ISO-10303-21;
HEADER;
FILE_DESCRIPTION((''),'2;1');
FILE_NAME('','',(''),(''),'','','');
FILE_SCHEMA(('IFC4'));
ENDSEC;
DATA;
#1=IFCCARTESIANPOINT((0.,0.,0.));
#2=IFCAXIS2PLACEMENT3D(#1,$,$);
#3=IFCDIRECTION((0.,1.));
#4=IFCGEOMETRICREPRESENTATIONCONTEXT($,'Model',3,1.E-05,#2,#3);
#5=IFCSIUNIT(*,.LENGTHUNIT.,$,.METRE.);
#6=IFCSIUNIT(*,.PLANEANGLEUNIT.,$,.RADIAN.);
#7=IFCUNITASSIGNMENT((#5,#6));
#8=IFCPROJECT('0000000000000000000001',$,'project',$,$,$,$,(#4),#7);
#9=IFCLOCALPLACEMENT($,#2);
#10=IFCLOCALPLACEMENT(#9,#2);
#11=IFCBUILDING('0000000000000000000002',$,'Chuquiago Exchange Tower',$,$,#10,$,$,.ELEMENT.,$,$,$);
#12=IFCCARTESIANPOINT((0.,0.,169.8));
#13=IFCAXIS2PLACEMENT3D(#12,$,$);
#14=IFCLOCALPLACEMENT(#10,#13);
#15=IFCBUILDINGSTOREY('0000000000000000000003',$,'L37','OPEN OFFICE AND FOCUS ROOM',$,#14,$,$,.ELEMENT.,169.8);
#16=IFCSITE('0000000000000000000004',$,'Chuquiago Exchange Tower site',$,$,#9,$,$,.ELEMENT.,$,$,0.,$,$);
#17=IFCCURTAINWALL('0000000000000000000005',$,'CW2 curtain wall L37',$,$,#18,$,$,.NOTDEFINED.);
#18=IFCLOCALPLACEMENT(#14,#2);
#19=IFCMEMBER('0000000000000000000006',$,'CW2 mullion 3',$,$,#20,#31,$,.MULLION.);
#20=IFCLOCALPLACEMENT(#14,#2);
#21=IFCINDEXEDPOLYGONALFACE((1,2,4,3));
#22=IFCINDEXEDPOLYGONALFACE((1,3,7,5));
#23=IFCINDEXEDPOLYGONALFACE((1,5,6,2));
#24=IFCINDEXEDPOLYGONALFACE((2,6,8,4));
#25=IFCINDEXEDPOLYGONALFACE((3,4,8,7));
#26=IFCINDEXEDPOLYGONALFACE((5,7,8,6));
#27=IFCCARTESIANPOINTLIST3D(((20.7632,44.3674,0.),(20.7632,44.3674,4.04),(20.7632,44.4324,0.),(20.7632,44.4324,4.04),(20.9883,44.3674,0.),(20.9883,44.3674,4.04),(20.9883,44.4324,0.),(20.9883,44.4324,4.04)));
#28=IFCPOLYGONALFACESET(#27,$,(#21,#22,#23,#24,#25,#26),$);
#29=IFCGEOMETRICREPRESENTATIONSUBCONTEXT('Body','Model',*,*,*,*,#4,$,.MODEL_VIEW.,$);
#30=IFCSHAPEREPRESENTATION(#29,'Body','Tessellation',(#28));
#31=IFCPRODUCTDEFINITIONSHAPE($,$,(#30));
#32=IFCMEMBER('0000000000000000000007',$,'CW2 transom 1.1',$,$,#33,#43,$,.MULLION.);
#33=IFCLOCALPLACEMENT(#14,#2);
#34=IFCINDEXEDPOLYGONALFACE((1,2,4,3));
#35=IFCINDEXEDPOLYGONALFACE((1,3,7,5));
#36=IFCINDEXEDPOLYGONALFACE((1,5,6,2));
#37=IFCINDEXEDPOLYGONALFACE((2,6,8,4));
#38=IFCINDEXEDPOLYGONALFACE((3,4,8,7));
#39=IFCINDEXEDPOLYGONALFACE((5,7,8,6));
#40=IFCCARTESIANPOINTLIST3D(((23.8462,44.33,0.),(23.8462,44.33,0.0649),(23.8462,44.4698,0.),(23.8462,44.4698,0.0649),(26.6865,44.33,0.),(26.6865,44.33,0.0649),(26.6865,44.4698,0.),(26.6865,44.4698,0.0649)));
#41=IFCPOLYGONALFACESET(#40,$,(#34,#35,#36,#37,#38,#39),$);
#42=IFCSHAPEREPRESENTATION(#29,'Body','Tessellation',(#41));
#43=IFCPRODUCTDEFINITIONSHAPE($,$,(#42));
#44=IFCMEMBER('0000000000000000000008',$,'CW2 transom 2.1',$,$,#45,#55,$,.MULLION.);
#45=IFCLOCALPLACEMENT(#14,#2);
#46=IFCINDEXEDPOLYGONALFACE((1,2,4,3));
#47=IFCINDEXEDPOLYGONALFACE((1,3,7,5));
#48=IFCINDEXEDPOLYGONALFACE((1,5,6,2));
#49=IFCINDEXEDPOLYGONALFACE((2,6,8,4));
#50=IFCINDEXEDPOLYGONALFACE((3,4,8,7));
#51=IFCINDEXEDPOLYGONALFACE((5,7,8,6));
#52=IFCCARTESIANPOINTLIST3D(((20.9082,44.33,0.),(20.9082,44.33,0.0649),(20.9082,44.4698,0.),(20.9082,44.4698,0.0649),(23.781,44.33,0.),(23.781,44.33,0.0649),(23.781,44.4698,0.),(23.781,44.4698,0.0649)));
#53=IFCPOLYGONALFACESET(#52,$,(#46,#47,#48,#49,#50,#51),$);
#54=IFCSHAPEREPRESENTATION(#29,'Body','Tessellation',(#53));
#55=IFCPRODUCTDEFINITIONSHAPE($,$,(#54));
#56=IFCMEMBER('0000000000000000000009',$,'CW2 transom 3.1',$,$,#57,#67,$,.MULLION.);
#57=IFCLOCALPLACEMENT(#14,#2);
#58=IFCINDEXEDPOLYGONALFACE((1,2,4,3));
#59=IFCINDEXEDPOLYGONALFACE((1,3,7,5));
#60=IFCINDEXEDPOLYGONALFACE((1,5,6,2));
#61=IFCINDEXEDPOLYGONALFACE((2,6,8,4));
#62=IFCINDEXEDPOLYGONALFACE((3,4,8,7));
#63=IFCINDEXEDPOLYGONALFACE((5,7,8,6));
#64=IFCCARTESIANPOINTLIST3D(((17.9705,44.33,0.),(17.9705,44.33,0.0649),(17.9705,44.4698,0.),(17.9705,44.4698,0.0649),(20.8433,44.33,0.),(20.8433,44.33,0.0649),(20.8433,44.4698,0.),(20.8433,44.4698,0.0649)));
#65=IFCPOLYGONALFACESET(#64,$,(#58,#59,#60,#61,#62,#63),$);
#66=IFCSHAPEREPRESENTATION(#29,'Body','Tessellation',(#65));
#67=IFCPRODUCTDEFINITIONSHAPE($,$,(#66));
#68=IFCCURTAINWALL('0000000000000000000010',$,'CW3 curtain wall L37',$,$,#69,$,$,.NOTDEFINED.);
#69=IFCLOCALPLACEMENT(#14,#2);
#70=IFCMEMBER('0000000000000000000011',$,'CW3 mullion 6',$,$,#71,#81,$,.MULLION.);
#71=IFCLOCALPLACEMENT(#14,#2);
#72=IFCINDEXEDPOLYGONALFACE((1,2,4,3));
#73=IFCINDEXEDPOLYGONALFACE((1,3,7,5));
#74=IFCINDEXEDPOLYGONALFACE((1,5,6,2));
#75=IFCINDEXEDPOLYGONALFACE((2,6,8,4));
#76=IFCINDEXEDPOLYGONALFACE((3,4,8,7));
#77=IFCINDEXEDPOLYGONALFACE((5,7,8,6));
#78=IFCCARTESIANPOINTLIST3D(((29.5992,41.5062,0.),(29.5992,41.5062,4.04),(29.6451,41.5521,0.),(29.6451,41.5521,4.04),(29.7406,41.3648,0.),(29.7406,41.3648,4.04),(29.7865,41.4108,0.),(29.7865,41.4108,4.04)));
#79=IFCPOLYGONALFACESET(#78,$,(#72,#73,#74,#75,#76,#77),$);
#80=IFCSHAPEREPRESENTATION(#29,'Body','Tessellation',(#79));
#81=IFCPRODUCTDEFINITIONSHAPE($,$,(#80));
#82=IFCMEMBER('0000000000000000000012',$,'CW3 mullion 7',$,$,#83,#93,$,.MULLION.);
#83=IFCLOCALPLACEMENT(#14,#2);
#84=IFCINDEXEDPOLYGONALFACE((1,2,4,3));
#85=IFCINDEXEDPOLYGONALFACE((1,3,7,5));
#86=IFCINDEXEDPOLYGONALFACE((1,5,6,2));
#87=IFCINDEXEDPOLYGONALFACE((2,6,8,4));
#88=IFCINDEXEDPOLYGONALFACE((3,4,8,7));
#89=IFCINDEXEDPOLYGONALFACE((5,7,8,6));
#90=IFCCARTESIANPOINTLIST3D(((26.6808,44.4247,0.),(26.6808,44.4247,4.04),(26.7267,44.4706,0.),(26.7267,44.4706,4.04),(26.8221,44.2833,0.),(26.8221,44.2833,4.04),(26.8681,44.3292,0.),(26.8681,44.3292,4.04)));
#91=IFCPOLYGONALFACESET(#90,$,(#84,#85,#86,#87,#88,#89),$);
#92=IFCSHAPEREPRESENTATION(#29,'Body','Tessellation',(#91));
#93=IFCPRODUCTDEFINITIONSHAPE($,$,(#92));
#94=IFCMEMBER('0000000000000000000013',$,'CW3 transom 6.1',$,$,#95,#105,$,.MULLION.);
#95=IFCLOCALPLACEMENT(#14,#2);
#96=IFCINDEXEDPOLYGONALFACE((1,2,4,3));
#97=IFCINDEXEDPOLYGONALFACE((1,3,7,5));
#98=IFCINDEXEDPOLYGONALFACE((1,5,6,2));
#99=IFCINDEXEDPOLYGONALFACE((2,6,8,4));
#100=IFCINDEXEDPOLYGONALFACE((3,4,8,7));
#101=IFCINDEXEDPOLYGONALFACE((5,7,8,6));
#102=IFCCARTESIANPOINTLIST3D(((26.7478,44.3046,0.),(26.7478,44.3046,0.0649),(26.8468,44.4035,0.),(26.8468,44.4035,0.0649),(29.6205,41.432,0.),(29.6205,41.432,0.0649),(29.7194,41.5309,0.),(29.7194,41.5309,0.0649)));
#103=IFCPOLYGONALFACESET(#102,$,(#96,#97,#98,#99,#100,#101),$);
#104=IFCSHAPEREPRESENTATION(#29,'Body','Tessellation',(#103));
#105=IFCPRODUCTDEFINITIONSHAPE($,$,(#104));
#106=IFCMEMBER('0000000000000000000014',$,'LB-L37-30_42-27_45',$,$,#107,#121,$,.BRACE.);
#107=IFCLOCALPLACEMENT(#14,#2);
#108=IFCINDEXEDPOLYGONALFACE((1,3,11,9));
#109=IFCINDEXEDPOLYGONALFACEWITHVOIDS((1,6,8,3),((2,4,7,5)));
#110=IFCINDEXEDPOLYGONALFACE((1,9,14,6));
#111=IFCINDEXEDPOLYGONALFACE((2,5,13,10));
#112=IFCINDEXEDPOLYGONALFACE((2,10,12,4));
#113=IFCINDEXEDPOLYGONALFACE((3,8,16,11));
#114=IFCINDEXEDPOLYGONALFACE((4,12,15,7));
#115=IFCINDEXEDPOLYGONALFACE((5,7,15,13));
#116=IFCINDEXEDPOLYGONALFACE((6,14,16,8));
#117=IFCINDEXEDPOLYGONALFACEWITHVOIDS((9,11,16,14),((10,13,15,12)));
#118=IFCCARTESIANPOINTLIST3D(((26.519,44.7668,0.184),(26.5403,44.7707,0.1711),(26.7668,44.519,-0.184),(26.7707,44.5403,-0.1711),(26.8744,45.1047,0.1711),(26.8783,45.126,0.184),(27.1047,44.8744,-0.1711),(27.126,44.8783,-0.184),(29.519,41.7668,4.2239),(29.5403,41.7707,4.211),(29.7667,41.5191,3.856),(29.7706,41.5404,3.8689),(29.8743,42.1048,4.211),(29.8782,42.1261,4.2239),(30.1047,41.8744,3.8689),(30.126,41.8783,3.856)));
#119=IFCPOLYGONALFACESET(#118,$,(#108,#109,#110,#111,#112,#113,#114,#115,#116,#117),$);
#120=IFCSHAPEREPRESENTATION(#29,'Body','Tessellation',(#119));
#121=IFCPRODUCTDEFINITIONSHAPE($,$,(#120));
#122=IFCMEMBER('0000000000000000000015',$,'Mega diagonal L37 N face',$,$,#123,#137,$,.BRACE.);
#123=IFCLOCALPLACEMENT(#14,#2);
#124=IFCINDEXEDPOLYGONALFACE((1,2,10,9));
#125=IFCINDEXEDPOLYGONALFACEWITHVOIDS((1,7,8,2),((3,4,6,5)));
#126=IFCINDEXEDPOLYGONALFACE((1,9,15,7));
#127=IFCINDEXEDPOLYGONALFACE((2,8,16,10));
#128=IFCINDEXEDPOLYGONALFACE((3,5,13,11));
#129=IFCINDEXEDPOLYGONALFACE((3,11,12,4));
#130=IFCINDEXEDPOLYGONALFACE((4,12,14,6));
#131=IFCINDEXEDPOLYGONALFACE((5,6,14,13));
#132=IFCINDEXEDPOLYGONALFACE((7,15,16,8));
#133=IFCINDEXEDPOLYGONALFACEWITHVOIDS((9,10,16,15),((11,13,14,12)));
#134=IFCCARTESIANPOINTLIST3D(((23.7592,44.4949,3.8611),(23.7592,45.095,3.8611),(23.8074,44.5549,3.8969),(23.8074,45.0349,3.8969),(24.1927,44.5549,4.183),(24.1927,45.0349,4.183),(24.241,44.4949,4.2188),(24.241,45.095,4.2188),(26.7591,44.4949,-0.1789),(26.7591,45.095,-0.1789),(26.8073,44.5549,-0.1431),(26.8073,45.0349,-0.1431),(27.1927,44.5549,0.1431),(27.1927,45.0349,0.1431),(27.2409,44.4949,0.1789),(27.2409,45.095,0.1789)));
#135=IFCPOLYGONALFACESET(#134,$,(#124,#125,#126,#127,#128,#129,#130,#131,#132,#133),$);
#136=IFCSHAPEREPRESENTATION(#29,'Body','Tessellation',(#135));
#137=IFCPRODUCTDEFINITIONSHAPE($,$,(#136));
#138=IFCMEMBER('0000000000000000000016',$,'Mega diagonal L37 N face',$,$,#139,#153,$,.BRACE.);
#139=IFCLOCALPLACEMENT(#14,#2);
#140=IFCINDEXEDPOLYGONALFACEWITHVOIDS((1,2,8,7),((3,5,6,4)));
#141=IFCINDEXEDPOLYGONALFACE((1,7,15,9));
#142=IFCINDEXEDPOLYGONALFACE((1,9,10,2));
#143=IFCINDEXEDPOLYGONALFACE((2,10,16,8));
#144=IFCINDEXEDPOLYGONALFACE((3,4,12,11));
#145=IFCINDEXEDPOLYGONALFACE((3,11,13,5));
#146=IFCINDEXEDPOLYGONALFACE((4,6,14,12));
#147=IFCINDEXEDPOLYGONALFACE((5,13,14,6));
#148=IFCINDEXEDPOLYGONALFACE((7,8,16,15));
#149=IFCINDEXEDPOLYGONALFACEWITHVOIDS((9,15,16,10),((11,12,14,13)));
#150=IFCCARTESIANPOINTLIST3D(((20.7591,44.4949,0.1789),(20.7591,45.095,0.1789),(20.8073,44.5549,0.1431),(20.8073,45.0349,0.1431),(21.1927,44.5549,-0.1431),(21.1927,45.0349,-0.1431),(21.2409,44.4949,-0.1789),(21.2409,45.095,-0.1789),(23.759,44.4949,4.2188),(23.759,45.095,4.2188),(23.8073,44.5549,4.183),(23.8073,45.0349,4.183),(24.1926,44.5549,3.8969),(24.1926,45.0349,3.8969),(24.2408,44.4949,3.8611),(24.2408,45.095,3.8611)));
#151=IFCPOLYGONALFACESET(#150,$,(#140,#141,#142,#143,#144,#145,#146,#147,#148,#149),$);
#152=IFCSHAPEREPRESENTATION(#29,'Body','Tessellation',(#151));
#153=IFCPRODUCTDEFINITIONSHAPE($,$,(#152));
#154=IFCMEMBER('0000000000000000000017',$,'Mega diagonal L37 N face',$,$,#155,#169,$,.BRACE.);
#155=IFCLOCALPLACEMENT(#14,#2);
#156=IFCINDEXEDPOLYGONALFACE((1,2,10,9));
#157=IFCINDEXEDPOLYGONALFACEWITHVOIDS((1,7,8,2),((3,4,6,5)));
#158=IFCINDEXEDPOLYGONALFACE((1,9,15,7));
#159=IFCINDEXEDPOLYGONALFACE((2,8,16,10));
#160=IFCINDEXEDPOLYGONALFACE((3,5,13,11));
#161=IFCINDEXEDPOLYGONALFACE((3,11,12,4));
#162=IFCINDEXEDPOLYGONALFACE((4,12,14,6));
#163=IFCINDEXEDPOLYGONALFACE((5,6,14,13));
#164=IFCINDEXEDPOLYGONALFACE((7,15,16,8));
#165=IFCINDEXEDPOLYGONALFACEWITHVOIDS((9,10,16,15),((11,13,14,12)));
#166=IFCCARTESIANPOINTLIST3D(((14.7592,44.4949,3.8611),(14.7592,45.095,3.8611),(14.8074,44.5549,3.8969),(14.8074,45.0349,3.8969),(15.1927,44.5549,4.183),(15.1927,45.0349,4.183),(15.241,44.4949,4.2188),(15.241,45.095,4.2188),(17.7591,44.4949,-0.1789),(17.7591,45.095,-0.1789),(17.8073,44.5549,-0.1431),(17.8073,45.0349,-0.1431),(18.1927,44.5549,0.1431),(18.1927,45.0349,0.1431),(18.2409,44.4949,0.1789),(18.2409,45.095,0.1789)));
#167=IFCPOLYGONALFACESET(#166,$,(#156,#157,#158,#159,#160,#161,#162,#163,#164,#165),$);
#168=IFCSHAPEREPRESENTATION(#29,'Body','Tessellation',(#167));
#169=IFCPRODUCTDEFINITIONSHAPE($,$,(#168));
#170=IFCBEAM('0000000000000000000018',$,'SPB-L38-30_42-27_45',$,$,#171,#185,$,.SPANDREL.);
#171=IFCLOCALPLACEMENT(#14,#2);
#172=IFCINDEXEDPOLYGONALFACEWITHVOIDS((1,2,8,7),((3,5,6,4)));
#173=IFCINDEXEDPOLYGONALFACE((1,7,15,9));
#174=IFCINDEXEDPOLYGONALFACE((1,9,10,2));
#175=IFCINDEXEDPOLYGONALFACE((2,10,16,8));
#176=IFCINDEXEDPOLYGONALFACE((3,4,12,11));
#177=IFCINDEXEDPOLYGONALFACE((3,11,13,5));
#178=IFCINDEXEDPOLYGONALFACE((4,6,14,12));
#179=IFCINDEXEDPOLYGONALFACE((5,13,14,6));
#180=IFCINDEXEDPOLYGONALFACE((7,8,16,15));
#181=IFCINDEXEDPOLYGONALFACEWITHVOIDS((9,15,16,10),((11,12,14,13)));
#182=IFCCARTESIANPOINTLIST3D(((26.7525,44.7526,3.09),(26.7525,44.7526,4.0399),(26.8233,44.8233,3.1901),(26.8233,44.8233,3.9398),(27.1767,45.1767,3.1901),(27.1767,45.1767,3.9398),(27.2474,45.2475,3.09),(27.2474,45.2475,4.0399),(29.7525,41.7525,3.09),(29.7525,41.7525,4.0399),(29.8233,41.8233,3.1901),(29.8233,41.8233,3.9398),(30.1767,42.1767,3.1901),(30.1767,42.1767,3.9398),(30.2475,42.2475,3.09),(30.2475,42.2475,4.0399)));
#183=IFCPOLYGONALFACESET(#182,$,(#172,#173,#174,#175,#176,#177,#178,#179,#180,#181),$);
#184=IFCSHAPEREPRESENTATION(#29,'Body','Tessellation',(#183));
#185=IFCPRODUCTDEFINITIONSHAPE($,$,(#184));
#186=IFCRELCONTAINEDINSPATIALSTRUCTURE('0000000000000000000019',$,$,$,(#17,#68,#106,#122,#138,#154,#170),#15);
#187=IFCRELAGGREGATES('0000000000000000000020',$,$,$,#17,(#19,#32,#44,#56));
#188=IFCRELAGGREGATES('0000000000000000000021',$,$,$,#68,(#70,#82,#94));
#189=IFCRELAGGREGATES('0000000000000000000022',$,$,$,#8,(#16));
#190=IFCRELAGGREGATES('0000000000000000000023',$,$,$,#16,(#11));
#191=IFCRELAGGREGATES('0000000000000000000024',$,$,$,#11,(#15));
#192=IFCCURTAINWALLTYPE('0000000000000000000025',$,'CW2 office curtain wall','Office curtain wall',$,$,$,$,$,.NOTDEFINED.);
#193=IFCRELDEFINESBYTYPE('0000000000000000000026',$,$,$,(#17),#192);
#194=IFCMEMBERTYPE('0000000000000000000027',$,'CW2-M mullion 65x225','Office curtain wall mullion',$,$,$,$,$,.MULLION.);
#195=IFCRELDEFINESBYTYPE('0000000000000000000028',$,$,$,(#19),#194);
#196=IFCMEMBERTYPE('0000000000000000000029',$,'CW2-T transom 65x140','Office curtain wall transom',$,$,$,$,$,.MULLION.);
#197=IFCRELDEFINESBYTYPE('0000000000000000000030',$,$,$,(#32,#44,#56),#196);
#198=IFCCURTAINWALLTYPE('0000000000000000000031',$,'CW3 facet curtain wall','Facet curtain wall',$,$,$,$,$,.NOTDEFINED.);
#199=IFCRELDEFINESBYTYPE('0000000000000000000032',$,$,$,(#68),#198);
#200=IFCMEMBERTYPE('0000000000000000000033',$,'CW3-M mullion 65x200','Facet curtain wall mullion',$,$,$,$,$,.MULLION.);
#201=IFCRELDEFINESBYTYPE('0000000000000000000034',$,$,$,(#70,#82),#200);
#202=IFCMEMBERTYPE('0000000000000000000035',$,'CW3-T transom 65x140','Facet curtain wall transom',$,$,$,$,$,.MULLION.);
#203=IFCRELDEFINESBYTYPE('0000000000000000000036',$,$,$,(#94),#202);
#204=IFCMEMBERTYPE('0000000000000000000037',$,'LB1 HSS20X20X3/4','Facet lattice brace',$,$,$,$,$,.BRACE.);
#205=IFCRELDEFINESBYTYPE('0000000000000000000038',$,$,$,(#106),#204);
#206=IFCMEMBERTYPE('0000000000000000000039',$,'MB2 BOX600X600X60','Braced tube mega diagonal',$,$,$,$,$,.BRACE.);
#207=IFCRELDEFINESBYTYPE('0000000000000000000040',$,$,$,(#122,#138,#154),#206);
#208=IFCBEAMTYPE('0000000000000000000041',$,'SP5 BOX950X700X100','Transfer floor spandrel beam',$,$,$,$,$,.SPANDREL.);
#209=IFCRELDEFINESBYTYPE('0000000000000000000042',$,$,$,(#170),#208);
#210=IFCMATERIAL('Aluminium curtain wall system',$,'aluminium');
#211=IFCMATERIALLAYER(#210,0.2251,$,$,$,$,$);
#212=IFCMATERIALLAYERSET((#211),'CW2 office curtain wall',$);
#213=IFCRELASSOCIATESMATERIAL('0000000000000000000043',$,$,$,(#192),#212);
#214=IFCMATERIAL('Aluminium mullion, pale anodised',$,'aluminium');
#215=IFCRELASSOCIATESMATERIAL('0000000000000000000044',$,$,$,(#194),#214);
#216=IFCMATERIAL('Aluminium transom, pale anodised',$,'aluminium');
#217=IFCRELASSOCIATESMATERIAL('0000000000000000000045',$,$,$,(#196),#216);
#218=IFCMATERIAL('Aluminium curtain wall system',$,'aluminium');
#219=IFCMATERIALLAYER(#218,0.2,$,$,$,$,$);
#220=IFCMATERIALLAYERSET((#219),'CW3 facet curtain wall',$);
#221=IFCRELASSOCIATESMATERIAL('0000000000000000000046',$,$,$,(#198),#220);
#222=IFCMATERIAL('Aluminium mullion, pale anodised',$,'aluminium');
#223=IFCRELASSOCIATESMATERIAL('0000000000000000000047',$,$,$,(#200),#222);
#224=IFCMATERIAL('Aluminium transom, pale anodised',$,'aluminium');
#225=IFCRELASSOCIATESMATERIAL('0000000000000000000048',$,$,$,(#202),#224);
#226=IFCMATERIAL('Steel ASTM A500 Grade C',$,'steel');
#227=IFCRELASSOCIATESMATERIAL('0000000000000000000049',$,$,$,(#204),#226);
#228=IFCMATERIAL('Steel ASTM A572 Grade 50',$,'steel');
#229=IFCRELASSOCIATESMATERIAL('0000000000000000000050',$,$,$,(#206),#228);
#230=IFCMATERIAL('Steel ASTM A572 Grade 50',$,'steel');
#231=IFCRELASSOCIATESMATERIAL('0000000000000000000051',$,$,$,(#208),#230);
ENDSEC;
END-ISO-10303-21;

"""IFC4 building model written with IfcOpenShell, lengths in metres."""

from ifc_helpers import new_model, si_unit, direction, frame, origin, origin_2d, place, context, subcontext, project, spatial, rectangle, hollow_rectangle, extrude, material, layer, layer_set, material_profile, profile_set, type_object, element, aggregate, save


model = new_model("IFC4")

# Units and contexts
model_context = context("Model", 3, precision=1e-05, world=origin(), true_north=direction((0.0, 1.0)))
body_context = subcontext(model_context, "Body", "Model", "MODEL_VIEW")
ifc_project = project(units=[si_unit("LENGTHUNIT", "METRE"), si_unit("PLANEANGLEUNIT", "RADIAN")], contexts=[model_context])

# Site, building, storey
site_placement = place(None, origin())
site = spatial("IfcSite", under=ifc_project, at=site_placement, Name="Chuquiago Exchange Tower site", CompositionType="ELEMENT", RefElevation=0.0)
building_placement = place(site_placement, origin())
building = spatial("IfcBuilding", under=site, at=building_placement, Name="Chuquiago Exchange Tower", CompositionType="ELEMENT")
storey_placement = place(building_placement, frame((0.0, 0.0, 169.8)))
storey = spatial("IfcBuildingStorey", under=building, at=storey_placement, Name="L37", Description="OPEN OFFICE AND FOCUS ROOM", CompositionType="ELEMENT", Elevation=169.8)

# Curtain walls, members
ifc_material_1 = material(Name="Aluminium curtain wall system", Category="aluminium")
ifc_layer_1 = layer(ifc_material_1, 0.2251)
ifc_layer_set_1 = layer_set([ifc_layer_1], Name="CW2 office curtain wall")
curtain_wall_type_1 = type_object("IfcCurtainWallType", Name="CW2 office curtain wall", Description="Office curtain wall", PredefinedType="NOTDEFINED", material=ifc_layer_set_1)
curtain_wall_1_placement = place(storey_placement, origin())
curtain_wall_1 = element("IfcCurtainWall", 1, at=curtain_wall_1_placement, inside=storey, type_object=curtain_wall_type_1, Name="CW2 curtain wall L37", PredefinedType="NOTDEFINED")
ifc_material_2 = material(Name="Aluminium mullion, pale anodised", Category="aluminium")
ifc_material_profile_1 = material_profile(ifc_material_2, rectangle(XDim=0.0649, YDim=0.2251, at=origin_2d()), Name="AL 65x225")
ifc_profile_set_1 = profile_set([ifc_material_profile_1], Name="Aluminium mullion, pale anodised")
member_type_1 = type_object("IfcMemberType", Name="CW2-M mullion 65x225", Description="Office curtain wall mullion", PredefinedType="MULLION", material=ifc_profile_set_1)
member_1_placement = place(storey_placement, frame((20.8757, 44.3999, 0.0), z_axis=(0.0, 0.0, 1.0), x_axis=(0.0, -1.0, 0.0)))
member_1 = element("IfcMember", 2, at=member_1_placement, type_object=member_type_1, Name="CW2 mullion 3", PredefinedType="MULLION", context=body_context, shape_type="SweptSolid", body=[
    extrude(rectangle(XDim=0.0649, YDim=0.2251, at=origin_2d()), origin(), (0.0, 0.0, 1.0), 4.04),
])
ifc_material_3 = material(Name="Aluminium transom, pale anodised", Category="aluminium")
ifc_material_profile_2 = material_profile(ifc_material_3, rectangle(XDim=0.1399, YDim=0.0649, at=origin_2d()), Name="AL 140x65")
ifc_profile_set_2 = profile_set([ifc_material_profile_2], Name="Aluminium transom, pale anodised")
member_type_2 = type_object("IfcMemberType", Name="CW2-T transom 65x140", Description="Office curtain wall transom", PredefinedType="MULLION", material=ifc_profile_set_2)
member_2_placement = place(storey_placement, frame((26.6865, 44.3999, 0.0325), z_axis=(-1.0, 0.0, 0.0), x_axis=(0.0, -1.0, 0.0)))
member_2 = element("IfcMember", 3, at=member_2_placement, type_object=member_type_2, Name="CW2 transom 1.1", PredefinedType="MULLION", context=body_context, shape_type="SweptSolid", body=[
    extrude(rectangle(XDim=0.1399, YDim=0.0649, at=origin_2d()), origin(), (0.0, 0.0, 1.0), 2.8403),
])
member_3_placement = place(storey_placement, frame((23.781, 44.3999, 0.0325), z_axis=(-1.0, 0.0, 0.0), x_axis=(0.0, -1.0, 0.0)))
member_3 = element("IfcMember", 4, at=member_3_placement, type_object=member_type_2, Name="CW2 transom 2.1", PredefinedType="MULLION", context=body_context, shape_type="SweptSolid", body=[
    extrude(rectangle(XDim=0.1399, YDim=0.0649, at=origin_2d()), origin(), (0.0, 0.0, 1.0), 2.8728),
])
member_4_placement = place(storey_placement, frame((20.8433, 44.3999, 0.0325), z_axis=(-1.0, 0.0, 0.0), x_axis=(0.0, -1.0, 0.0)))
member_4 = element("IfcMember", 5, at=member_4_placement, type_object=member_type_2, Name="CW2 transom 3.1", PredefinedType="MULLION", context=body_context, shape_type="SweptSolid", body=[
    extrude(rectangle(XDim=0.1399, YDim=0.0649, at=origin_2d()), origin(), (0.0, 0.0, 1.0), 2.8728),
])
ifc_material_4 = material(Name="Aluminium curtain wall system", Category="aluminium")
ifc_layer_2 = layer(ifc_material_4, 0.2)
ifc_layer_set_2 = layer_set([ifc_layer_2], Name="CW3 facet curtain wall")
curtain_wall_type_2 = type_object("IfcCurtainWallType", Name="CW3 facet curtain wall", Description="Facet curtain wall", PredefinedType="NOTDEFINED", material=ifc_layer_set_2)
curtain_wall_2_placement = place(storey_placement, origin())
curtain_wall_2 = element("IfcCurtainWall", 6, at=curtain_wall_2_placement, inside=storey, type_object=curtain_wall_type_2, Name="CW3 curtain wall L37", PredefinedType="NOTDEFINED")
ifc_material_5 = material(Name="Aluminium mullion, pale anodised", Category="aluminium")
ifc_material_profile_3 = material_profile(ifc_material_5, rectangle(XDim=0.0649, YDim=0.2, at=origin_2d()), Name="AL 65x200")
ifc_profile_set_3 = profile_set([ifc_material_profile_3], Name="Aluminium mullion, pale anodised")
member_type_3 = type_object("IfcMemberType", Name="CW3-M mullion 65x200", Description="Facet curtain wall mullion", PredefinedType="MULLION", material=ifc_profile_set_3)
member_5_placement = place(storey_placement, frame((29.6929, 41.4585, 0.0), z_axis=(0.0, 0.0, 1.0), x_axis=(-0.707107, -0.707107, 0.0)))
member_5 = element("IfcMember", 7, at=member_5_placement, type_object=member_type_3, Name="CW3 mullion 6", PredefinedType="MULLION", context=body_context, shape_type="SweptSolid", body=[
    extrude(rectangle(XDim=0.0649, YDim=0.2, at=origin_2d()), origin(), (0.0, 0.0, 1.0), 4.04),
])
member_6_placement = place(storey_placement, frame((26.7744, 44.377, 0.0), z_axis=(0.0, 0.0, 1.0), x_axis=(-0.707107, -0.707107, 0.0)))
member_6 = element("IfcMember", 8, at=member_6_placement, type_object=member_type_3, Name="CW3 mullion 7", PredefinedType="MULLION", context=body_context, shape_type="SweptSolid", body=[
    extrude(rectangle(XDim=0.0649, YDim=0.2, at=origin_2d()), origin(), (0.0, 0.0, 1.0), 4.04),
])
ifc_material_6 = material(Name="Aluminium transom, pale anodised", Category="aluminium")
ifc_material_profile_4 = material_profile(ifc_material_6, rectangle(XDim=0.1399, YDim=0.0649, at=origin_2d()), Name="AL 140x65")
ifc_profile_set_4 = profile_set([ifc_material_profile_4], Name="Aluminium transom, pale anodised")
member_type_4 = type_object("IfcMemberType", Name="CW3-T transom 65x140", Description="Facet curtain wall transom", PredefinedType="MULLION", material=ifc_profile_set_4)
member_7_placement = place(storey_placement, frame((29.6699, 41.4814, 0.0325), z_axis=(-0.707107, 0.707107, 0.0), x_axis=(-0.707107, -0.707107, 0.0)))
member_7 = element("IfcMember", 9, at=member_7_placement, type_object=member_type_4, Name="CW3 transom 6.1", PredefinedType="MULLION", context=body_context, shape_type="SweptSolid", body=[
    extrude(rectangle(XDim=0.1399, YDim=0.0649, at=origin_2d()), origin(), (0.0, 0.0, 1.0), 4.0625),
])

# Members
ifc_material_7 = material(Name="Steel ASTM A500 Grade C", Category="steel")
ifc_material_profile_5 = material_profile(ifc_material_7, hollow_rectangle(XDim=0.5081, YDim=0.5081, WallThickness=0.0178, at=origin_2d()), Name="HSS20X20X3/4")
ifc_profile_set_5 = profile_set([ifc_material_profile_5], Name="Steel ASTM A500 Grade C")
member_type_5 = type_object("IfcMemberType", Name="LB1 HSS20X20X3/4", Description="Facet lattice brace", PredefinedType="BRACE", material=ifc_profile_set_5)
member_8_placement = place(storey_placement, frame((26.8225, 44.8225, 0.0), z_axis=(0.512077, -0.512077, 0.689604), x_axis=(0.707107, 0.707107, 0.0)))
element("IfcMember", 10, at=member_8_placement, inside=storey, type_object=member_type_5, Name="LB-L37-30_42-27_45", PredefinedType="BRACE", context=body_context, shape_type="SweptSolid", body=[
    extrude(hollow_rectangle(XDim=0.5081, YDim=0.5081, WallThickness=0.0178, at=origin_2d()), origin(), (0.0, 0.0, 1.0), 5.8584),
])
ifc_material_8 = material(Name="Steel ASTM A572 Grade 50", Category="steel")
ifc_material_profile_6 = material_profile(ifc_material_8, hollow_rectangle(XDim=0.6001, YDim=0.6001, WallThickness=0.0601, at=origin_2d()), Name="BOX600X600X60")
ifc_profile_set_6 = profile_set([ifc_material_profile_6], Name="Steel ASTM A572 Grade 50")
member_type_6 = type_object("IfcMemberType", Name="MB2 BOX600X600X60", Description="Braced tube mega diagonal", PredefinedType="BRACE", material=ifc_profile_set_6)
for number, where, z_axis, x_axis, name in (
    (11, (27.0, 44.7949, 0.0), (-0.596174, 0.0, 0.802855), (0.0, -1.0, 0.0), "Mega diagonal L37 N face"),
    (12, (21.0, 44.7949, 0.0), (0.596174, 0.0, 0.802855), (0.0, 1.0, 0.0), "Mega diagonal L37 N face"),
    (13, (18.0, 44.7949, 0.0), (-0.596174, 0.0, 0.802855), (0.0, -1.0, 0.0), "Mega diagonal L37 N face"),
):
    element("IfcMember", number, at=place(storey_placement, frame(where, z_axis=z_axis, x_axis=x_axis)), inside=storey, type_object=member_type_6, Name=name, PredefinedType="BRACE", context=body_context, shape_type="SweptSolid", body=[
        extrude(hollow_rectangle(XDim=0.6001, YDim=0.6001, WallThickness=0.0601, at=origin_2d()), origin(), (0.0, 0.0, 1.0), 5.032),
    ])

# Beam
ifc_material_9 = material(Name="Steel ASTM A572 Grade 50", Category="steel")
ifc_material_profile_7 = material_profile(ifc_material_9, hollow_rectangle(XDim=0.7, YDim=0.95, WallThickness=0.1001, at=origin_2d()), Name="BOX950X700X100")
ifc_profile_set_7 = profile_set([ifc_material_profile_7], Name="Steel ASTM A572 Grade 50")
beam_type_1 = type_object("IfcBeamType", Name="SP5 BOX950X700X100", Description="Transfer floor spandrel beam", PredefinedType="SPANDREL", material=ifc_profile_set_7)
beam_1_placement = place(storey_placement, frame((30.0, 42.0, 3.5649), z_axis=(-0.707107, 0.707107, 0.0), x_axis=(-0.707107, -0.707107, 0.0)))
element("IfcBeam", 14, at=beam_1_placement, inside=storey, type_object=beam_type_1, Name="SPB-L38-30_42-27_45", PredefinedType="SPANDREL", context=body_context, shape_type="SweptSolid", body=[
    extrude(hollow_rectangle(XDim=0.7, YDim=0.95, WallThickness=0.1001, at=origin_2d()), origin(), (0.0, 0.0, 1.0), 4.2427),
])

aggregate(curtain_wall_1, [member_1, member_2, member_3, member_4])
aggregate(curtain_wall_2, [member_5, member_6, member_7])

save(model, "model.ifc")
